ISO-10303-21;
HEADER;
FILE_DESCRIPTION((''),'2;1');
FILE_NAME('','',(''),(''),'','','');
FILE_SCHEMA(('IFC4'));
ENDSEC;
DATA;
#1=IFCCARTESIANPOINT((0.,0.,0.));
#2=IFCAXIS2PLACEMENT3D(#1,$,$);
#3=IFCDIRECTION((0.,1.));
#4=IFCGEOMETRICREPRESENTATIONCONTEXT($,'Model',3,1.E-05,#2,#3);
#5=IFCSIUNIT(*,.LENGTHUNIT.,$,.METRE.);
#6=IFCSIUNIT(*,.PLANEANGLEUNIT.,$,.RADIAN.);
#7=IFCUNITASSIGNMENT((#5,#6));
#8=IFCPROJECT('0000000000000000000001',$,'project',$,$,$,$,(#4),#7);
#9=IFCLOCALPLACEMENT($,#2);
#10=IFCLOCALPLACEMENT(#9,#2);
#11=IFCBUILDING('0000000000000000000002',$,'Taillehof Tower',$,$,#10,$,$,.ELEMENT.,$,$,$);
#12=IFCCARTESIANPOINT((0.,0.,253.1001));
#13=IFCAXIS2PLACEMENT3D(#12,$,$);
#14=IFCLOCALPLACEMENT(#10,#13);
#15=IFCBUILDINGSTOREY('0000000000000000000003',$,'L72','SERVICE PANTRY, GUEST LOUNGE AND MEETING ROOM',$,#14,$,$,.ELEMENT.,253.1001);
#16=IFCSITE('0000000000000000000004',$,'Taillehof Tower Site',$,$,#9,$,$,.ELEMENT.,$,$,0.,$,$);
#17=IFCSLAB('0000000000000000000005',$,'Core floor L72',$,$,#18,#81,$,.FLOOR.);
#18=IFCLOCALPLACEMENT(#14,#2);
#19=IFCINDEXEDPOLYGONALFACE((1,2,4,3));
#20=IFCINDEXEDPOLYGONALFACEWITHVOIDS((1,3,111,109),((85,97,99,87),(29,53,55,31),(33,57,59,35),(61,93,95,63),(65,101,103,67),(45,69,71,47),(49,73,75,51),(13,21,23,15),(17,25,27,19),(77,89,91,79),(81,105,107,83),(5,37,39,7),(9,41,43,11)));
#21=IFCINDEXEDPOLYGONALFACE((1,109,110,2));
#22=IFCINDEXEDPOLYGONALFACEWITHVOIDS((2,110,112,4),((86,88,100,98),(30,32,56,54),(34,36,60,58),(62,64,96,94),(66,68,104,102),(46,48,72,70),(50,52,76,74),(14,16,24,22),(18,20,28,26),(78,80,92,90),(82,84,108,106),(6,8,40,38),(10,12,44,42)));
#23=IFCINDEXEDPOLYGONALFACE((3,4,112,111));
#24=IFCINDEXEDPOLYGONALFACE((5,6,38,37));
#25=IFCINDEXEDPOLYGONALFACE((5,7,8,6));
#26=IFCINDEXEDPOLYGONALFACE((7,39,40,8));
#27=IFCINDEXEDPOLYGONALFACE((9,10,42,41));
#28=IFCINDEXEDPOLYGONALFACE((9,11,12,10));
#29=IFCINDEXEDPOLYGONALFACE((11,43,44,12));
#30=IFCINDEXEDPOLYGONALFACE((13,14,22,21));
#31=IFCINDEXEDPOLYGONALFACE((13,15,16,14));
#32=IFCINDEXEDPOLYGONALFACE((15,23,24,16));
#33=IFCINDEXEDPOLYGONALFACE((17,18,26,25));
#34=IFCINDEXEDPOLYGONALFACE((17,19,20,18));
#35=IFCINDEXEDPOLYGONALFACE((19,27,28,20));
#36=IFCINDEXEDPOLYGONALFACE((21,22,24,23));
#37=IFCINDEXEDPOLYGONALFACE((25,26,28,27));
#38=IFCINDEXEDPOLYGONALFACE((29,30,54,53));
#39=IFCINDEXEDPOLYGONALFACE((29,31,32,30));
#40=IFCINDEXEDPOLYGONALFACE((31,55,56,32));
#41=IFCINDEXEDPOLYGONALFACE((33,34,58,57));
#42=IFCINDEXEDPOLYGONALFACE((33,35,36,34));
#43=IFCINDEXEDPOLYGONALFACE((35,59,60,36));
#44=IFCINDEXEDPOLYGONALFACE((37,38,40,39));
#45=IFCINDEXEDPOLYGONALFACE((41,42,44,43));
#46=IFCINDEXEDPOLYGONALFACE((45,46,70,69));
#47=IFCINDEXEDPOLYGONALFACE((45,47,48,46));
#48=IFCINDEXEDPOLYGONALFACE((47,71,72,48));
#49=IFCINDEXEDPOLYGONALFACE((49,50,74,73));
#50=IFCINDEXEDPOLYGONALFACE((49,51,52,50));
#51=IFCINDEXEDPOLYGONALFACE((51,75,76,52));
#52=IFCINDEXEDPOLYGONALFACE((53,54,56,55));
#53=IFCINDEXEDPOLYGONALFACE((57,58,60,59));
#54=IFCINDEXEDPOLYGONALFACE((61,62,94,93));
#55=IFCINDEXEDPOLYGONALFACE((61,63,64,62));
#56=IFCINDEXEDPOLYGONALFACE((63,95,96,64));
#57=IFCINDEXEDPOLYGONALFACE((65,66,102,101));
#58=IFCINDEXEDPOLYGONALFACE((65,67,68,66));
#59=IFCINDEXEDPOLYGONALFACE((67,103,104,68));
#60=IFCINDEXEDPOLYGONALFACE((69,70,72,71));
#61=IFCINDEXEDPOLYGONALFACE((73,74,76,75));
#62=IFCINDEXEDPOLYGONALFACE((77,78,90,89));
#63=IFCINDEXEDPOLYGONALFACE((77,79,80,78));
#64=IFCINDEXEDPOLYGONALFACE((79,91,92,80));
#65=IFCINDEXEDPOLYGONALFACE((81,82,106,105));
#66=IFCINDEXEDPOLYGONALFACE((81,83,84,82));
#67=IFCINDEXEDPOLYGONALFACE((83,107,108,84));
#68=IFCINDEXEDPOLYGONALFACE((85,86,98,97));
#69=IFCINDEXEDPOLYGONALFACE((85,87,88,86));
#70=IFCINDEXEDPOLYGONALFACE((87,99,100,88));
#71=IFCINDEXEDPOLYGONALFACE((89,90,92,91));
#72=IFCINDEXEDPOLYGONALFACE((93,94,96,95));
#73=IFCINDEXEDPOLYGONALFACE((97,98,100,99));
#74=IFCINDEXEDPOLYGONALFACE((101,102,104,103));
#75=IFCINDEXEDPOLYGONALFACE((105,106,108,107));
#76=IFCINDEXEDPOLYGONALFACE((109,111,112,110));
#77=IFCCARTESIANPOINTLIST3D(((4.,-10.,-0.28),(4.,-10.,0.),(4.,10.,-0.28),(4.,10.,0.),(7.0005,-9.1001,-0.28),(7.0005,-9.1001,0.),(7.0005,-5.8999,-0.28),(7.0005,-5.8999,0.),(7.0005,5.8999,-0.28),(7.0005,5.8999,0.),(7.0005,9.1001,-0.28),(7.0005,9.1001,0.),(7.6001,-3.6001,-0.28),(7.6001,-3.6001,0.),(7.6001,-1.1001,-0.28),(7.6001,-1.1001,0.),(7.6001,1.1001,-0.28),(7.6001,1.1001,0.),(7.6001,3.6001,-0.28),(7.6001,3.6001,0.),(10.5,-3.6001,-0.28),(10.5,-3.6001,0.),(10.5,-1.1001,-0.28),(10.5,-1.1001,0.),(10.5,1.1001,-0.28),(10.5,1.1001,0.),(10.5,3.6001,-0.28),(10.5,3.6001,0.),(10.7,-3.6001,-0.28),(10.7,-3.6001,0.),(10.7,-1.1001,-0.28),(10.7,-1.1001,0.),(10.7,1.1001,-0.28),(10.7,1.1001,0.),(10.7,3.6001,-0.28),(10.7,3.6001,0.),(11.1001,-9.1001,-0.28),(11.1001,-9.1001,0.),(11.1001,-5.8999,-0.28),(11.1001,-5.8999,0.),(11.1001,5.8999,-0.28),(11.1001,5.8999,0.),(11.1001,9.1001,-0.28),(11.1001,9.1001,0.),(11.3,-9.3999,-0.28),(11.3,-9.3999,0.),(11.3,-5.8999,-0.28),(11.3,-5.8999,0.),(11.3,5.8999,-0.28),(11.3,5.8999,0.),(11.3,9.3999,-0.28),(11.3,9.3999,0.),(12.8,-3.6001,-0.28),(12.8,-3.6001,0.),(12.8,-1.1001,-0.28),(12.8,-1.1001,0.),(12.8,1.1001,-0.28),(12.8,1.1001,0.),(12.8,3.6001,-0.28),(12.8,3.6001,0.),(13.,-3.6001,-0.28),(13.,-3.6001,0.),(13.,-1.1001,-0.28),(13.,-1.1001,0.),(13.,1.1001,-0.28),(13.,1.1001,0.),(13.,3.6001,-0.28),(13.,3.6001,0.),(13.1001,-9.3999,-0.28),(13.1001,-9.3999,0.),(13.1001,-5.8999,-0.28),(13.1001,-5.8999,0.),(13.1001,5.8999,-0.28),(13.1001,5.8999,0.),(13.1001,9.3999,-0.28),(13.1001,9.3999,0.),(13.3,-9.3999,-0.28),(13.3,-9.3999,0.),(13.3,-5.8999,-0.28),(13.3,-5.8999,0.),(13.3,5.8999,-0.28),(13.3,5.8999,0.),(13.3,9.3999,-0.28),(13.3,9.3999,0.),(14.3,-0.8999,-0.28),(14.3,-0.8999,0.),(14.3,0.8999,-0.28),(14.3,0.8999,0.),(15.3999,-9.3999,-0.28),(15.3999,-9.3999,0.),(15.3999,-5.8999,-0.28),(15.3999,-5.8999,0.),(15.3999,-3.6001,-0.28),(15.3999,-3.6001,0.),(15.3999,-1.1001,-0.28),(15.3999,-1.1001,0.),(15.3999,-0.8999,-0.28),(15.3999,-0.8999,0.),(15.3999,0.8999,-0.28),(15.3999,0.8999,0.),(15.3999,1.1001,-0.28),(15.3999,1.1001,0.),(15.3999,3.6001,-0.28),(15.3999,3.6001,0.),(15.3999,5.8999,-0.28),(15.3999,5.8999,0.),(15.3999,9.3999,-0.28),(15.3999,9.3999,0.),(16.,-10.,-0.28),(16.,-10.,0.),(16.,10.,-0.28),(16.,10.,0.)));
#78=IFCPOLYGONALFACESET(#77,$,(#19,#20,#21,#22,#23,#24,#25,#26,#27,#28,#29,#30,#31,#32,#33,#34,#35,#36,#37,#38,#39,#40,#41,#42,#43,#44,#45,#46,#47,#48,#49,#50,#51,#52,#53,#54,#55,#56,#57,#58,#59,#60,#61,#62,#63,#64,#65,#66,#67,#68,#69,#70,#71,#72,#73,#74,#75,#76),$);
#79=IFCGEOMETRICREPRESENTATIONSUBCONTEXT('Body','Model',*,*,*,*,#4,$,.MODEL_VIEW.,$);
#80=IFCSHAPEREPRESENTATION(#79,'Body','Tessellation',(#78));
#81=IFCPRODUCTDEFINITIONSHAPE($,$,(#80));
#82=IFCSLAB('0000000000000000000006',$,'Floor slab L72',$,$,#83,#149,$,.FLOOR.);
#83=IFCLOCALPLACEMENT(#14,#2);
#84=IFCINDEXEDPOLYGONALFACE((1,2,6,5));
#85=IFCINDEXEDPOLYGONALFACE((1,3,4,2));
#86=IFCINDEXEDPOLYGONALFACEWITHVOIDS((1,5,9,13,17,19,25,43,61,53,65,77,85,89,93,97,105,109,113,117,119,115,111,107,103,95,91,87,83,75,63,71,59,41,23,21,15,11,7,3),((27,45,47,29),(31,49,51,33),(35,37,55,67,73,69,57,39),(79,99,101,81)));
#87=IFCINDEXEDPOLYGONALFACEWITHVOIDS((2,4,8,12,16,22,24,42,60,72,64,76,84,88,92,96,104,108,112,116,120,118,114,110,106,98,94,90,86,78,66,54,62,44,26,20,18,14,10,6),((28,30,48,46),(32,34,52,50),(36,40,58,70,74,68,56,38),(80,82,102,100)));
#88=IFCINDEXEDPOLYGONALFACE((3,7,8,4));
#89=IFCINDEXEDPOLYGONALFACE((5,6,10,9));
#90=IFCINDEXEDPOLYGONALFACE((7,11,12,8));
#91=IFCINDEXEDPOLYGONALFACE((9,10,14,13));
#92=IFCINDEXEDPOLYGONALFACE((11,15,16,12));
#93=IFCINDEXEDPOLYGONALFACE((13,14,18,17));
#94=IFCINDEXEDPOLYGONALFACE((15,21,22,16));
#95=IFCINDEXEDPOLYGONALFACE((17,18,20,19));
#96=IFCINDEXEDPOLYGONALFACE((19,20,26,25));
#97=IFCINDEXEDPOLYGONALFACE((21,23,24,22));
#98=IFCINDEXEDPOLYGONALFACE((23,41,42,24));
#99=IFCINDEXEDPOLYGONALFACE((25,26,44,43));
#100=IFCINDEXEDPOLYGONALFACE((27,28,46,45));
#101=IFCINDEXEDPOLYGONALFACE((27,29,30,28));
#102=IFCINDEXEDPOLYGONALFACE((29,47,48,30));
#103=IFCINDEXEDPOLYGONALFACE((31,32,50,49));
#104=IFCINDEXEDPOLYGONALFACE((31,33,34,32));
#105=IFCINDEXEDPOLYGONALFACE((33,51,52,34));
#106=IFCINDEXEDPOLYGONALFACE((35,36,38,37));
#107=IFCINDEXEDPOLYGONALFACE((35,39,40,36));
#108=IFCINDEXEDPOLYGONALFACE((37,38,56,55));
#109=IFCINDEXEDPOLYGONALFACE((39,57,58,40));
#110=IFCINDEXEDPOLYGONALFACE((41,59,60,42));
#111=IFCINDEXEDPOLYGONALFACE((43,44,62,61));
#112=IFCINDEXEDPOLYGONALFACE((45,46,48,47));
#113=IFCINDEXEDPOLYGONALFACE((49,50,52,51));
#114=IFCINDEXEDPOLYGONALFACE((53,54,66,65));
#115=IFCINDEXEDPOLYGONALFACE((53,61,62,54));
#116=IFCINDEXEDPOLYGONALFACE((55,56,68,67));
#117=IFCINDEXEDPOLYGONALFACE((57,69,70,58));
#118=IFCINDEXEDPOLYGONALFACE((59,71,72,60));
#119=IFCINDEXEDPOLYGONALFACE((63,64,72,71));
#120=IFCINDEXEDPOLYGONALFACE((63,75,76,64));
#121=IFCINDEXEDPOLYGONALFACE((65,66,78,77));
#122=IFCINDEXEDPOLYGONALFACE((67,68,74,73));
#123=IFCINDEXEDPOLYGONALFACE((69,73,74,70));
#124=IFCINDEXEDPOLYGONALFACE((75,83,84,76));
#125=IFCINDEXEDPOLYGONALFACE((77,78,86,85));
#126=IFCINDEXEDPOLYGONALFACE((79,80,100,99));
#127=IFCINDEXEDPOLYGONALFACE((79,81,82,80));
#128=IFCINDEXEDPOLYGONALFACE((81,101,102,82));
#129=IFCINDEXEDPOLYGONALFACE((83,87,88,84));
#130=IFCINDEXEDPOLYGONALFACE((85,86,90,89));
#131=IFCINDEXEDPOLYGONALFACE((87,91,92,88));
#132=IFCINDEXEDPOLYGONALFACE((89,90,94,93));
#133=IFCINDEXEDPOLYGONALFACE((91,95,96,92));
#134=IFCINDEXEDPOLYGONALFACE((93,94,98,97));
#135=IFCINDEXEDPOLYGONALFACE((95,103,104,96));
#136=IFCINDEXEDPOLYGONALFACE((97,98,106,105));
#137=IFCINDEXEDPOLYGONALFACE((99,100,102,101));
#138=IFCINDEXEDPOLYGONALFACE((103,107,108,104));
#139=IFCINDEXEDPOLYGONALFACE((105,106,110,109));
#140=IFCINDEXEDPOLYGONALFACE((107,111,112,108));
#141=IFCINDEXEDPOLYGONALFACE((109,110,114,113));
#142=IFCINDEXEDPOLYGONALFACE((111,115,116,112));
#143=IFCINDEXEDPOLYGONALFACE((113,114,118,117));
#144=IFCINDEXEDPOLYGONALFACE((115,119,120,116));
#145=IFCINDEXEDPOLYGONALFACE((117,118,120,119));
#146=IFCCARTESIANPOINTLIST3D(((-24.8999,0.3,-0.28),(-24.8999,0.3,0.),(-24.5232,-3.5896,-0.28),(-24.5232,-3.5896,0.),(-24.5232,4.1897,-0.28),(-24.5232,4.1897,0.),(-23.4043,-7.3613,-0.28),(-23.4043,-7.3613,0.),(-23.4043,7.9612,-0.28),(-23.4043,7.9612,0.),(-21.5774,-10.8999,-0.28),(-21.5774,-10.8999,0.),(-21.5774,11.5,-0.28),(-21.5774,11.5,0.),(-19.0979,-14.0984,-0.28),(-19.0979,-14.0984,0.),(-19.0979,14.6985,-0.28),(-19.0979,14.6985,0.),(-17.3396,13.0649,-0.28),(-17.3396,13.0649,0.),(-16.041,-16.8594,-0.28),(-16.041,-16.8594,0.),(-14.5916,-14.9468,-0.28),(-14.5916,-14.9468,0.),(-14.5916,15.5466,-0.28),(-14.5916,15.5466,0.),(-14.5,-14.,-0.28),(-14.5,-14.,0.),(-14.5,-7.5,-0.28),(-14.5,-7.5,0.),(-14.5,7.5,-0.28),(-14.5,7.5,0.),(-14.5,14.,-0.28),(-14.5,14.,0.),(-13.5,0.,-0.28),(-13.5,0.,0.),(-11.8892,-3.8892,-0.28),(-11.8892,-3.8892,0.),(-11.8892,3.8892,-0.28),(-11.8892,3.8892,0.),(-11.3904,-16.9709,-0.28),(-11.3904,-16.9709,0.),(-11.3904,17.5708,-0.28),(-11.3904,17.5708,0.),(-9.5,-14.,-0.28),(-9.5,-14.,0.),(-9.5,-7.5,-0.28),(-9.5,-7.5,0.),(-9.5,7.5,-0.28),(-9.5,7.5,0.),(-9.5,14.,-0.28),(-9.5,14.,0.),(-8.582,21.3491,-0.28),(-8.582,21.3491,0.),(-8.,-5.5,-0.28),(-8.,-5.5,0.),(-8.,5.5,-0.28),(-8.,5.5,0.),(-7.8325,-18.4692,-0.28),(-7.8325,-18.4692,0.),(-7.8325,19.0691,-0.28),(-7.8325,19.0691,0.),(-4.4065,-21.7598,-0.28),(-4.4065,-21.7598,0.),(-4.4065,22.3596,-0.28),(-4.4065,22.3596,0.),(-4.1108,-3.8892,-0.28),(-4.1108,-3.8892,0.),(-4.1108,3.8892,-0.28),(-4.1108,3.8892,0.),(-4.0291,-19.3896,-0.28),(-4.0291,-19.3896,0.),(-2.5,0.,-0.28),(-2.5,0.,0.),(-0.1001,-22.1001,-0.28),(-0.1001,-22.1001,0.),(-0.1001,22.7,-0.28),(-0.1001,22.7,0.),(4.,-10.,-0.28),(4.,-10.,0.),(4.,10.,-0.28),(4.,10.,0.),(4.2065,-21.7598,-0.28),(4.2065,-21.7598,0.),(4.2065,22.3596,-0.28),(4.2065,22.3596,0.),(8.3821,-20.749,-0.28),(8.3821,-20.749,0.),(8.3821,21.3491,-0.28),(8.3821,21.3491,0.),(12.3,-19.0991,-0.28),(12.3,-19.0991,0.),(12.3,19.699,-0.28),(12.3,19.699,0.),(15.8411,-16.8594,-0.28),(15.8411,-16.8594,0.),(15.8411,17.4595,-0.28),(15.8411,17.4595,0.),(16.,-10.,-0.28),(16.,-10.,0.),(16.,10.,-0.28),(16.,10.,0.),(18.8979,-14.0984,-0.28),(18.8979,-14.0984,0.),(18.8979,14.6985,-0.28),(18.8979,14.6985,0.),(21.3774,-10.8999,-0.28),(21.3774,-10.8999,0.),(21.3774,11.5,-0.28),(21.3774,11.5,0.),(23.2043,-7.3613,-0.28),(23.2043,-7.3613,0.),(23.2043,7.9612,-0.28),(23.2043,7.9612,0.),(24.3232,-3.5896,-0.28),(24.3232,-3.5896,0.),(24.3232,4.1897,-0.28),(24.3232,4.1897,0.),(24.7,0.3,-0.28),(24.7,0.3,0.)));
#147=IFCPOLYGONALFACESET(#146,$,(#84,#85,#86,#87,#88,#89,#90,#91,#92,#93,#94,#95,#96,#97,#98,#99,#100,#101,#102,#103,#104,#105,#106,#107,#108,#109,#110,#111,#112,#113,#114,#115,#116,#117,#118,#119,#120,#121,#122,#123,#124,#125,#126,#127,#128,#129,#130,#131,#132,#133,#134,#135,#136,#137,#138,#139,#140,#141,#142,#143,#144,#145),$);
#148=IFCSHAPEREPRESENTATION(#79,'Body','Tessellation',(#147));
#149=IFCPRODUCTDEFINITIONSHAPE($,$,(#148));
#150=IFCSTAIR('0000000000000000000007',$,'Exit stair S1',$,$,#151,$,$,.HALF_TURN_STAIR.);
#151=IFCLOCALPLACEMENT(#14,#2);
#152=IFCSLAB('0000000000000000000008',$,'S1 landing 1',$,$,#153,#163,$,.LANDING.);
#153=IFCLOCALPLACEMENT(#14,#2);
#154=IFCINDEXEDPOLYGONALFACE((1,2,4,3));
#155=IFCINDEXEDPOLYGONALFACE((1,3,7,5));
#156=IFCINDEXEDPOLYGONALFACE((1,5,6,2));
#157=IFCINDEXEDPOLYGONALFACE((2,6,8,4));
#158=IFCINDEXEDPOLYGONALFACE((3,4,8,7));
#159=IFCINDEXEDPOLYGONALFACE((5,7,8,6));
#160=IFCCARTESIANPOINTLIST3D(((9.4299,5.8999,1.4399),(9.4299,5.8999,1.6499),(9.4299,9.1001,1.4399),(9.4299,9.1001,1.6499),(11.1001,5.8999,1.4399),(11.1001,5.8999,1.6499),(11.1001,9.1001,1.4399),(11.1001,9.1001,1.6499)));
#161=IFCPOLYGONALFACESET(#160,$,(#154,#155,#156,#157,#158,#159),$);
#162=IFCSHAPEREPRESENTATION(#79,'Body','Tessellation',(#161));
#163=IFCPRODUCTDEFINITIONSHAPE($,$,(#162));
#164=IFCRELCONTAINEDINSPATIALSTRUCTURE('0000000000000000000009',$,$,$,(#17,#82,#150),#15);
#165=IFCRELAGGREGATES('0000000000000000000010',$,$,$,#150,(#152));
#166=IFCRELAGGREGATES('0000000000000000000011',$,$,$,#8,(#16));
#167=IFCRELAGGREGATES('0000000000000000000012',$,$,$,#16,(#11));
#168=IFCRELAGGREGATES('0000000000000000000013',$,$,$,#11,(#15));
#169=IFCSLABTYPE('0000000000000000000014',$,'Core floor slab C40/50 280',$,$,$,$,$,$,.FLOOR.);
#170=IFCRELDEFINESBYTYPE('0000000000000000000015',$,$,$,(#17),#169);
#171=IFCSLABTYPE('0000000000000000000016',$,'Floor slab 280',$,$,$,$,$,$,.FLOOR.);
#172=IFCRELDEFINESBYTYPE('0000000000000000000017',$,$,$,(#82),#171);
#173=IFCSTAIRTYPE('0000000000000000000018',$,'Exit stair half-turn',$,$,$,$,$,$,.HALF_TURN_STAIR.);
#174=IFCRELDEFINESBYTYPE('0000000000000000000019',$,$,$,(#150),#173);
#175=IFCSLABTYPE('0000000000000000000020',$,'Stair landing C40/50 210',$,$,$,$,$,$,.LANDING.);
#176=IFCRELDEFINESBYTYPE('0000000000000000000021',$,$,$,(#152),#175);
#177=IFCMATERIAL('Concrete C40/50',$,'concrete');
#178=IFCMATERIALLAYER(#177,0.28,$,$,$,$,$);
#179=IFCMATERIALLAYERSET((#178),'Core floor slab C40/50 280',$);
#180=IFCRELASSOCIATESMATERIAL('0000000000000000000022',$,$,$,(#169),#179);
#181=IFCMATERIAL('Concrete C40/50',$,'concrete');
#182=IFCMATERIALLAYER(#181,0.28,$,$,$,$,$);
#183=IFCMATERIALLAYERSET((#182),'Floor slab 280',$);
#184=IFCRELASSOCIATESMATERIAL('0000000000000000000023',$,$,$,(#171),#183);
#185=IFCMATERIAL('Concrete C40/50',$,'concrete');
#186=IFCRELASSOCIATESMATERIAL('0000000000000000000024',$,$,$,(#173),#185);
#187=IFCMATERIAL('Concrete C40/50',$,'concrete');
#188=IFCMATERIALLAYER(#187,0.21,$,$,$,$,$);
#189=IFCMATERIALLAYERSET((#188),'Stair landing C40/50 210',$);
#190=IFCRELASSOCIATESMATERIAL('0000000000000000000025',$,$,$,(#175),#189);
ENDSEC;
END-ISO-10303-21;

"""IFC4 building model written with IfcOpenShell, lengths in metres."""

from ifc_helpers import new_model, si_unit, direction, frame, origin, place, context, subcontext, project, spatial, polyline, outline, extrude, material, layer, layer_set, type_object, element, aggregate, save


model = new_model("IFC4")

# Units and contexts
model_context = context("Model", 3, precision=1e-05, world=origin(), true_north=direction((0.0, 1.0)))
body_context = subcontext(model_context, "Body", "Model", "MODEL_VIEW")
ifc_project = project(units=[si_unit("LENGTHUNIT", "METRE"), si_unit("PLANEANGLEUNIT", "RADIAN")], contexts=[model_context])

# Site, building, storey
site_placement = place(None, origin())
site = spatial("IfcSite", under=ifc_project, at=site_placement, Name="Taillehof Tower Site", CompositionType="ELEMENT", RefElevation=0.0)
building_placement = place(site_placement, origin())
building = spatial("IfcBuilding", under=site, at=building_placement, Name="Taillehof Tower", CompositionType="ELEMENT")
storey_placement = place(building_placement, frame((0.0, 0.0, 253.1001)))
storey = spatial("IfcBuildingStorey", under=building, at=storey_placement, Name="L72", Description="SERVICE PANTRY, GUEST LOUNGE AND MEETING ROOM", CompositionType="ELEMENT", Elevation=253.1001)

# Slabs
ifc_material_1 = material(Name="Concrete C40/50", Category="concrete")
ifc_layer_1 = layer(ifc_material_1, 0.28)
ifc_layer_set_1 = layer_set([ifc_layer_1], Name="Core floor slab C40/50 280")
slab_type_1 = type_object("IfcSlabType", Name="Core floor slab C40/50 280", PredefinedType="FLOOR", material=ifc_layer_set_1)
slab_1_placement = place(storey_placement, frame((0.0, 0.0, -0.28)))
element("IfcSlab", 1, at=slab_1_placement, inside=storey, type_object=slab_type_1, Name="Core floor L72", PredefinedType="FLOOR", context=body_context, shape_type="SweptSolid", body=[
    extrude(outline(polyline([(4.0, -10.0), (4.0, 10.0), (16.0, 10.0), (16.0, -10.0), (4.0, -10.0)]), holes=[polyline([(11.1001, -9.1001), (11.1001, -5.8999), (7.0005, -5.8999), (7.0005, -9.1001), (11.1001, -9.1001)]), polyline([(10.5, -3.6001), (10.5, -1.1001), (7.6001, -1.1001), (7.6001, -3.6001), (10.5, -3.6001)]), polyline([(12.8, -3.6001), (12.8, -1.1001), (10.7, -1.1001), (10.7, -3.6001), (12.8, -3.6001)]), polyline([(10.5, 3.6001), (7.6001, 3.6001), (7.6001, 1.1001), (10.5, 1.1001), (10.5, 3.6001)]), polyline([(12.8, 1.1001), (12.8, 3.6001), (10.7, 3.6001), (10.7, 1.1001), (12.8, 1.1001)]), polyline([(11.1001, 5.8999), (11.1001, 9.1001), (7.0005, 9.1001), (7.0005, 5.8999), (11.1001, 5.8999)]), polyline([(13.1001, 9.3999), (11.3, 9.3999), (11.3, 5.8999), (13.1001, 5.8999), (13.1001, 9.3999)]), polyline([(13.1001, -9.3999), (13.1001, -5.8999), (11.3, -5.8999), (11.3, -9.3999), (13.1001, -9.3999)]), polyline([(15.3999, -9.3999), (15.3999, -5.8999), (13.3, -5.8999), (13.3, -9.3999), (15.3999, -9.3999)]), polyline([(15.3999, -3.6001), (15.3999, -1.1001), (13.0, -1.1001), (13.0, -3.6001), (15.3999, -3.6001)]), polyline([(15.3999, -0.8999), (15.3999, 0.8999), (14.3, 0.8999), (14.3, -0.8999), (15.3999, -0.8999)]), polyline([(15.3999, 1.1001), (15.3999, 3.6001), (13.0, 3.6001), (13.0, 1.1001), (15.3999, 1.1001)]), polyline([(15.3999, 5.8999), (15.3999, 9.3999), (13.3, 9.3999), (13.3, 5.8999), (15.3999, 5.8999)])]), origin(), (0.0, 0.0, 1.0), 0.28),
])
ifc_material_2 = material(Name="Concrete C40/50", Category="concrete")
ifc_layer_2 = layer(ifc_material_2, 0.28)
ifc_layer_set_2 = layer_set([ifc_layer_2], Name="Floor slab 280")
slab_type_2 = type_object("IfcSlabType", Name="Floor slab 280", PredefinedType="FLOOR", material=ifc_layer_set_2)
slab_2_placement = place(storey_placement, frame((0.0, 0.0, -0.28)))
element("IfcSlab", 2, at=slab_2_placement, inside=storey, type_object=slab_type_2, Name="Floor slab L72", PredefinedType="FLOOR", context=body_context, shape_type="SweptSolid", body=[
    extrude(outline(polyline([(24.7, 0.3), (24.3232, 4.1897), (23.2043, 7.9612), (21.3774, 11.5), (18.8979, 14.6985), (15.8411, 17.4595), (12.3, 19.699), (8.3821, 21.3491), (4.2065, 22.3596), (-0.1001, 22.7), (-4.4065, 22.3596), (-8.582, 21.3491), (-7.8325, 19.0691), (-11.3904, 17.5708), (-14.5916, 15.5466), (-17.3396, 13.0649), (-19.0979, 14.6985), (-21.5774, 11.5), (-23.4043, 7.9612), (-24.5232, 4.1897), (-24.8999, 0.3), (-24.5232, -3.5896), (-23.4043, -7.3613), (-21.5774, -10.8999), (-19.0979, -14.0984), (-16.041, -16.8594), (-14.5916, -14.9468), (-11.3904, -16.9709), (-7.8325, -18.4692), (-4.0291, -19.3896), (-4.4065, -21.7598), (-0.1001, -22.1001), (4.2065, -21.7598), (8.3821, -20.749), (12.3, -19.0991), (15.8411, -16.8594), (18.8979, -14.0984), (21.3774, -10.8999), (23.2043, -7.3613), (24.3232, -3.5896), (24.7, 0.3)]), holes=[polyline([(-14.5, -7.5), (-9.5, -7.5), (-9.5, -14.0), (-14.5, -14.0), (-14.5, -7.5)]), polyline([(-8.0, -5.5), (-11.8892, -3.8892), (-13.5, 0.0), (-11.8892, 3.8892), (-8.0, 5.5), (-4.1108, 3.8892), (-2.5, 0.0), (-4.1108, -3.8892), (-8.0, -5.5)]), polyline([(16.0, 10.0), (16.0, -10.0), (4.0, -10.0), (4.0, 10.0), (16.0, 10.0)]), polyline([(-14.5, 14.0), (-9.5, 14.0), (-9.5, 7.5), (-14.5, 7.5), (-14.5, 14.0)])]), origin(), (0.0, 0.0, 1.0), 0.28),
])

# Stair, slab
ifc_material_3 = material(Name="Concrete C40/50", Category="concrete")
stair_type = type_object("IfcStairType", Name="Exit stair half-turn", PredefinedType="HALF_TURN_STAIR", material=ifc_material_3)
stair_placement = place(storey_placement, origin())
stair = element("IfcStair", 3, at=stair_placement, inside=storey, type_object=stair_type, Name="Exit stair S1", PredefinedType="HALF_TURN_STAIR")
ifc_material_4 = material(Name="Concrete C40/50", Category="concrete")
ifc_layer_3 = layer(ifc_material_4, 0.21)
ifc_layer_set_3 = layer_set([ifc_layer_3], Name="Stair landing C40/50 210")
slab_type_3 = type_object("IfcSlabType", Name="Stair landing C40/50 210", PredefinedType="LANDING", material=ifc_layer_set_3)
slab_3_placement = place(storey_placement, frame((0.0, 0.0, 1.4399)))
slab_3 = element("IfcSlab", 4, at=slab_3_placement, type_object=slab_type_3, Name="S1 landing 1", PredefinedType="LANDING", context=body_context, shape_type="SweptSolid", body=[
    extrude(outline(polyline([(9.4299, 5.8999), (11.1001, 5.8999), (11.1001, 9.1001), (9.4299, 9.1001), (9.4299, 5.8999)])), origin(), (0.0, 0.0, 1.0), 0.21),
])
aggregate(stair, [slab_3])

save(model, "model.ifc")
